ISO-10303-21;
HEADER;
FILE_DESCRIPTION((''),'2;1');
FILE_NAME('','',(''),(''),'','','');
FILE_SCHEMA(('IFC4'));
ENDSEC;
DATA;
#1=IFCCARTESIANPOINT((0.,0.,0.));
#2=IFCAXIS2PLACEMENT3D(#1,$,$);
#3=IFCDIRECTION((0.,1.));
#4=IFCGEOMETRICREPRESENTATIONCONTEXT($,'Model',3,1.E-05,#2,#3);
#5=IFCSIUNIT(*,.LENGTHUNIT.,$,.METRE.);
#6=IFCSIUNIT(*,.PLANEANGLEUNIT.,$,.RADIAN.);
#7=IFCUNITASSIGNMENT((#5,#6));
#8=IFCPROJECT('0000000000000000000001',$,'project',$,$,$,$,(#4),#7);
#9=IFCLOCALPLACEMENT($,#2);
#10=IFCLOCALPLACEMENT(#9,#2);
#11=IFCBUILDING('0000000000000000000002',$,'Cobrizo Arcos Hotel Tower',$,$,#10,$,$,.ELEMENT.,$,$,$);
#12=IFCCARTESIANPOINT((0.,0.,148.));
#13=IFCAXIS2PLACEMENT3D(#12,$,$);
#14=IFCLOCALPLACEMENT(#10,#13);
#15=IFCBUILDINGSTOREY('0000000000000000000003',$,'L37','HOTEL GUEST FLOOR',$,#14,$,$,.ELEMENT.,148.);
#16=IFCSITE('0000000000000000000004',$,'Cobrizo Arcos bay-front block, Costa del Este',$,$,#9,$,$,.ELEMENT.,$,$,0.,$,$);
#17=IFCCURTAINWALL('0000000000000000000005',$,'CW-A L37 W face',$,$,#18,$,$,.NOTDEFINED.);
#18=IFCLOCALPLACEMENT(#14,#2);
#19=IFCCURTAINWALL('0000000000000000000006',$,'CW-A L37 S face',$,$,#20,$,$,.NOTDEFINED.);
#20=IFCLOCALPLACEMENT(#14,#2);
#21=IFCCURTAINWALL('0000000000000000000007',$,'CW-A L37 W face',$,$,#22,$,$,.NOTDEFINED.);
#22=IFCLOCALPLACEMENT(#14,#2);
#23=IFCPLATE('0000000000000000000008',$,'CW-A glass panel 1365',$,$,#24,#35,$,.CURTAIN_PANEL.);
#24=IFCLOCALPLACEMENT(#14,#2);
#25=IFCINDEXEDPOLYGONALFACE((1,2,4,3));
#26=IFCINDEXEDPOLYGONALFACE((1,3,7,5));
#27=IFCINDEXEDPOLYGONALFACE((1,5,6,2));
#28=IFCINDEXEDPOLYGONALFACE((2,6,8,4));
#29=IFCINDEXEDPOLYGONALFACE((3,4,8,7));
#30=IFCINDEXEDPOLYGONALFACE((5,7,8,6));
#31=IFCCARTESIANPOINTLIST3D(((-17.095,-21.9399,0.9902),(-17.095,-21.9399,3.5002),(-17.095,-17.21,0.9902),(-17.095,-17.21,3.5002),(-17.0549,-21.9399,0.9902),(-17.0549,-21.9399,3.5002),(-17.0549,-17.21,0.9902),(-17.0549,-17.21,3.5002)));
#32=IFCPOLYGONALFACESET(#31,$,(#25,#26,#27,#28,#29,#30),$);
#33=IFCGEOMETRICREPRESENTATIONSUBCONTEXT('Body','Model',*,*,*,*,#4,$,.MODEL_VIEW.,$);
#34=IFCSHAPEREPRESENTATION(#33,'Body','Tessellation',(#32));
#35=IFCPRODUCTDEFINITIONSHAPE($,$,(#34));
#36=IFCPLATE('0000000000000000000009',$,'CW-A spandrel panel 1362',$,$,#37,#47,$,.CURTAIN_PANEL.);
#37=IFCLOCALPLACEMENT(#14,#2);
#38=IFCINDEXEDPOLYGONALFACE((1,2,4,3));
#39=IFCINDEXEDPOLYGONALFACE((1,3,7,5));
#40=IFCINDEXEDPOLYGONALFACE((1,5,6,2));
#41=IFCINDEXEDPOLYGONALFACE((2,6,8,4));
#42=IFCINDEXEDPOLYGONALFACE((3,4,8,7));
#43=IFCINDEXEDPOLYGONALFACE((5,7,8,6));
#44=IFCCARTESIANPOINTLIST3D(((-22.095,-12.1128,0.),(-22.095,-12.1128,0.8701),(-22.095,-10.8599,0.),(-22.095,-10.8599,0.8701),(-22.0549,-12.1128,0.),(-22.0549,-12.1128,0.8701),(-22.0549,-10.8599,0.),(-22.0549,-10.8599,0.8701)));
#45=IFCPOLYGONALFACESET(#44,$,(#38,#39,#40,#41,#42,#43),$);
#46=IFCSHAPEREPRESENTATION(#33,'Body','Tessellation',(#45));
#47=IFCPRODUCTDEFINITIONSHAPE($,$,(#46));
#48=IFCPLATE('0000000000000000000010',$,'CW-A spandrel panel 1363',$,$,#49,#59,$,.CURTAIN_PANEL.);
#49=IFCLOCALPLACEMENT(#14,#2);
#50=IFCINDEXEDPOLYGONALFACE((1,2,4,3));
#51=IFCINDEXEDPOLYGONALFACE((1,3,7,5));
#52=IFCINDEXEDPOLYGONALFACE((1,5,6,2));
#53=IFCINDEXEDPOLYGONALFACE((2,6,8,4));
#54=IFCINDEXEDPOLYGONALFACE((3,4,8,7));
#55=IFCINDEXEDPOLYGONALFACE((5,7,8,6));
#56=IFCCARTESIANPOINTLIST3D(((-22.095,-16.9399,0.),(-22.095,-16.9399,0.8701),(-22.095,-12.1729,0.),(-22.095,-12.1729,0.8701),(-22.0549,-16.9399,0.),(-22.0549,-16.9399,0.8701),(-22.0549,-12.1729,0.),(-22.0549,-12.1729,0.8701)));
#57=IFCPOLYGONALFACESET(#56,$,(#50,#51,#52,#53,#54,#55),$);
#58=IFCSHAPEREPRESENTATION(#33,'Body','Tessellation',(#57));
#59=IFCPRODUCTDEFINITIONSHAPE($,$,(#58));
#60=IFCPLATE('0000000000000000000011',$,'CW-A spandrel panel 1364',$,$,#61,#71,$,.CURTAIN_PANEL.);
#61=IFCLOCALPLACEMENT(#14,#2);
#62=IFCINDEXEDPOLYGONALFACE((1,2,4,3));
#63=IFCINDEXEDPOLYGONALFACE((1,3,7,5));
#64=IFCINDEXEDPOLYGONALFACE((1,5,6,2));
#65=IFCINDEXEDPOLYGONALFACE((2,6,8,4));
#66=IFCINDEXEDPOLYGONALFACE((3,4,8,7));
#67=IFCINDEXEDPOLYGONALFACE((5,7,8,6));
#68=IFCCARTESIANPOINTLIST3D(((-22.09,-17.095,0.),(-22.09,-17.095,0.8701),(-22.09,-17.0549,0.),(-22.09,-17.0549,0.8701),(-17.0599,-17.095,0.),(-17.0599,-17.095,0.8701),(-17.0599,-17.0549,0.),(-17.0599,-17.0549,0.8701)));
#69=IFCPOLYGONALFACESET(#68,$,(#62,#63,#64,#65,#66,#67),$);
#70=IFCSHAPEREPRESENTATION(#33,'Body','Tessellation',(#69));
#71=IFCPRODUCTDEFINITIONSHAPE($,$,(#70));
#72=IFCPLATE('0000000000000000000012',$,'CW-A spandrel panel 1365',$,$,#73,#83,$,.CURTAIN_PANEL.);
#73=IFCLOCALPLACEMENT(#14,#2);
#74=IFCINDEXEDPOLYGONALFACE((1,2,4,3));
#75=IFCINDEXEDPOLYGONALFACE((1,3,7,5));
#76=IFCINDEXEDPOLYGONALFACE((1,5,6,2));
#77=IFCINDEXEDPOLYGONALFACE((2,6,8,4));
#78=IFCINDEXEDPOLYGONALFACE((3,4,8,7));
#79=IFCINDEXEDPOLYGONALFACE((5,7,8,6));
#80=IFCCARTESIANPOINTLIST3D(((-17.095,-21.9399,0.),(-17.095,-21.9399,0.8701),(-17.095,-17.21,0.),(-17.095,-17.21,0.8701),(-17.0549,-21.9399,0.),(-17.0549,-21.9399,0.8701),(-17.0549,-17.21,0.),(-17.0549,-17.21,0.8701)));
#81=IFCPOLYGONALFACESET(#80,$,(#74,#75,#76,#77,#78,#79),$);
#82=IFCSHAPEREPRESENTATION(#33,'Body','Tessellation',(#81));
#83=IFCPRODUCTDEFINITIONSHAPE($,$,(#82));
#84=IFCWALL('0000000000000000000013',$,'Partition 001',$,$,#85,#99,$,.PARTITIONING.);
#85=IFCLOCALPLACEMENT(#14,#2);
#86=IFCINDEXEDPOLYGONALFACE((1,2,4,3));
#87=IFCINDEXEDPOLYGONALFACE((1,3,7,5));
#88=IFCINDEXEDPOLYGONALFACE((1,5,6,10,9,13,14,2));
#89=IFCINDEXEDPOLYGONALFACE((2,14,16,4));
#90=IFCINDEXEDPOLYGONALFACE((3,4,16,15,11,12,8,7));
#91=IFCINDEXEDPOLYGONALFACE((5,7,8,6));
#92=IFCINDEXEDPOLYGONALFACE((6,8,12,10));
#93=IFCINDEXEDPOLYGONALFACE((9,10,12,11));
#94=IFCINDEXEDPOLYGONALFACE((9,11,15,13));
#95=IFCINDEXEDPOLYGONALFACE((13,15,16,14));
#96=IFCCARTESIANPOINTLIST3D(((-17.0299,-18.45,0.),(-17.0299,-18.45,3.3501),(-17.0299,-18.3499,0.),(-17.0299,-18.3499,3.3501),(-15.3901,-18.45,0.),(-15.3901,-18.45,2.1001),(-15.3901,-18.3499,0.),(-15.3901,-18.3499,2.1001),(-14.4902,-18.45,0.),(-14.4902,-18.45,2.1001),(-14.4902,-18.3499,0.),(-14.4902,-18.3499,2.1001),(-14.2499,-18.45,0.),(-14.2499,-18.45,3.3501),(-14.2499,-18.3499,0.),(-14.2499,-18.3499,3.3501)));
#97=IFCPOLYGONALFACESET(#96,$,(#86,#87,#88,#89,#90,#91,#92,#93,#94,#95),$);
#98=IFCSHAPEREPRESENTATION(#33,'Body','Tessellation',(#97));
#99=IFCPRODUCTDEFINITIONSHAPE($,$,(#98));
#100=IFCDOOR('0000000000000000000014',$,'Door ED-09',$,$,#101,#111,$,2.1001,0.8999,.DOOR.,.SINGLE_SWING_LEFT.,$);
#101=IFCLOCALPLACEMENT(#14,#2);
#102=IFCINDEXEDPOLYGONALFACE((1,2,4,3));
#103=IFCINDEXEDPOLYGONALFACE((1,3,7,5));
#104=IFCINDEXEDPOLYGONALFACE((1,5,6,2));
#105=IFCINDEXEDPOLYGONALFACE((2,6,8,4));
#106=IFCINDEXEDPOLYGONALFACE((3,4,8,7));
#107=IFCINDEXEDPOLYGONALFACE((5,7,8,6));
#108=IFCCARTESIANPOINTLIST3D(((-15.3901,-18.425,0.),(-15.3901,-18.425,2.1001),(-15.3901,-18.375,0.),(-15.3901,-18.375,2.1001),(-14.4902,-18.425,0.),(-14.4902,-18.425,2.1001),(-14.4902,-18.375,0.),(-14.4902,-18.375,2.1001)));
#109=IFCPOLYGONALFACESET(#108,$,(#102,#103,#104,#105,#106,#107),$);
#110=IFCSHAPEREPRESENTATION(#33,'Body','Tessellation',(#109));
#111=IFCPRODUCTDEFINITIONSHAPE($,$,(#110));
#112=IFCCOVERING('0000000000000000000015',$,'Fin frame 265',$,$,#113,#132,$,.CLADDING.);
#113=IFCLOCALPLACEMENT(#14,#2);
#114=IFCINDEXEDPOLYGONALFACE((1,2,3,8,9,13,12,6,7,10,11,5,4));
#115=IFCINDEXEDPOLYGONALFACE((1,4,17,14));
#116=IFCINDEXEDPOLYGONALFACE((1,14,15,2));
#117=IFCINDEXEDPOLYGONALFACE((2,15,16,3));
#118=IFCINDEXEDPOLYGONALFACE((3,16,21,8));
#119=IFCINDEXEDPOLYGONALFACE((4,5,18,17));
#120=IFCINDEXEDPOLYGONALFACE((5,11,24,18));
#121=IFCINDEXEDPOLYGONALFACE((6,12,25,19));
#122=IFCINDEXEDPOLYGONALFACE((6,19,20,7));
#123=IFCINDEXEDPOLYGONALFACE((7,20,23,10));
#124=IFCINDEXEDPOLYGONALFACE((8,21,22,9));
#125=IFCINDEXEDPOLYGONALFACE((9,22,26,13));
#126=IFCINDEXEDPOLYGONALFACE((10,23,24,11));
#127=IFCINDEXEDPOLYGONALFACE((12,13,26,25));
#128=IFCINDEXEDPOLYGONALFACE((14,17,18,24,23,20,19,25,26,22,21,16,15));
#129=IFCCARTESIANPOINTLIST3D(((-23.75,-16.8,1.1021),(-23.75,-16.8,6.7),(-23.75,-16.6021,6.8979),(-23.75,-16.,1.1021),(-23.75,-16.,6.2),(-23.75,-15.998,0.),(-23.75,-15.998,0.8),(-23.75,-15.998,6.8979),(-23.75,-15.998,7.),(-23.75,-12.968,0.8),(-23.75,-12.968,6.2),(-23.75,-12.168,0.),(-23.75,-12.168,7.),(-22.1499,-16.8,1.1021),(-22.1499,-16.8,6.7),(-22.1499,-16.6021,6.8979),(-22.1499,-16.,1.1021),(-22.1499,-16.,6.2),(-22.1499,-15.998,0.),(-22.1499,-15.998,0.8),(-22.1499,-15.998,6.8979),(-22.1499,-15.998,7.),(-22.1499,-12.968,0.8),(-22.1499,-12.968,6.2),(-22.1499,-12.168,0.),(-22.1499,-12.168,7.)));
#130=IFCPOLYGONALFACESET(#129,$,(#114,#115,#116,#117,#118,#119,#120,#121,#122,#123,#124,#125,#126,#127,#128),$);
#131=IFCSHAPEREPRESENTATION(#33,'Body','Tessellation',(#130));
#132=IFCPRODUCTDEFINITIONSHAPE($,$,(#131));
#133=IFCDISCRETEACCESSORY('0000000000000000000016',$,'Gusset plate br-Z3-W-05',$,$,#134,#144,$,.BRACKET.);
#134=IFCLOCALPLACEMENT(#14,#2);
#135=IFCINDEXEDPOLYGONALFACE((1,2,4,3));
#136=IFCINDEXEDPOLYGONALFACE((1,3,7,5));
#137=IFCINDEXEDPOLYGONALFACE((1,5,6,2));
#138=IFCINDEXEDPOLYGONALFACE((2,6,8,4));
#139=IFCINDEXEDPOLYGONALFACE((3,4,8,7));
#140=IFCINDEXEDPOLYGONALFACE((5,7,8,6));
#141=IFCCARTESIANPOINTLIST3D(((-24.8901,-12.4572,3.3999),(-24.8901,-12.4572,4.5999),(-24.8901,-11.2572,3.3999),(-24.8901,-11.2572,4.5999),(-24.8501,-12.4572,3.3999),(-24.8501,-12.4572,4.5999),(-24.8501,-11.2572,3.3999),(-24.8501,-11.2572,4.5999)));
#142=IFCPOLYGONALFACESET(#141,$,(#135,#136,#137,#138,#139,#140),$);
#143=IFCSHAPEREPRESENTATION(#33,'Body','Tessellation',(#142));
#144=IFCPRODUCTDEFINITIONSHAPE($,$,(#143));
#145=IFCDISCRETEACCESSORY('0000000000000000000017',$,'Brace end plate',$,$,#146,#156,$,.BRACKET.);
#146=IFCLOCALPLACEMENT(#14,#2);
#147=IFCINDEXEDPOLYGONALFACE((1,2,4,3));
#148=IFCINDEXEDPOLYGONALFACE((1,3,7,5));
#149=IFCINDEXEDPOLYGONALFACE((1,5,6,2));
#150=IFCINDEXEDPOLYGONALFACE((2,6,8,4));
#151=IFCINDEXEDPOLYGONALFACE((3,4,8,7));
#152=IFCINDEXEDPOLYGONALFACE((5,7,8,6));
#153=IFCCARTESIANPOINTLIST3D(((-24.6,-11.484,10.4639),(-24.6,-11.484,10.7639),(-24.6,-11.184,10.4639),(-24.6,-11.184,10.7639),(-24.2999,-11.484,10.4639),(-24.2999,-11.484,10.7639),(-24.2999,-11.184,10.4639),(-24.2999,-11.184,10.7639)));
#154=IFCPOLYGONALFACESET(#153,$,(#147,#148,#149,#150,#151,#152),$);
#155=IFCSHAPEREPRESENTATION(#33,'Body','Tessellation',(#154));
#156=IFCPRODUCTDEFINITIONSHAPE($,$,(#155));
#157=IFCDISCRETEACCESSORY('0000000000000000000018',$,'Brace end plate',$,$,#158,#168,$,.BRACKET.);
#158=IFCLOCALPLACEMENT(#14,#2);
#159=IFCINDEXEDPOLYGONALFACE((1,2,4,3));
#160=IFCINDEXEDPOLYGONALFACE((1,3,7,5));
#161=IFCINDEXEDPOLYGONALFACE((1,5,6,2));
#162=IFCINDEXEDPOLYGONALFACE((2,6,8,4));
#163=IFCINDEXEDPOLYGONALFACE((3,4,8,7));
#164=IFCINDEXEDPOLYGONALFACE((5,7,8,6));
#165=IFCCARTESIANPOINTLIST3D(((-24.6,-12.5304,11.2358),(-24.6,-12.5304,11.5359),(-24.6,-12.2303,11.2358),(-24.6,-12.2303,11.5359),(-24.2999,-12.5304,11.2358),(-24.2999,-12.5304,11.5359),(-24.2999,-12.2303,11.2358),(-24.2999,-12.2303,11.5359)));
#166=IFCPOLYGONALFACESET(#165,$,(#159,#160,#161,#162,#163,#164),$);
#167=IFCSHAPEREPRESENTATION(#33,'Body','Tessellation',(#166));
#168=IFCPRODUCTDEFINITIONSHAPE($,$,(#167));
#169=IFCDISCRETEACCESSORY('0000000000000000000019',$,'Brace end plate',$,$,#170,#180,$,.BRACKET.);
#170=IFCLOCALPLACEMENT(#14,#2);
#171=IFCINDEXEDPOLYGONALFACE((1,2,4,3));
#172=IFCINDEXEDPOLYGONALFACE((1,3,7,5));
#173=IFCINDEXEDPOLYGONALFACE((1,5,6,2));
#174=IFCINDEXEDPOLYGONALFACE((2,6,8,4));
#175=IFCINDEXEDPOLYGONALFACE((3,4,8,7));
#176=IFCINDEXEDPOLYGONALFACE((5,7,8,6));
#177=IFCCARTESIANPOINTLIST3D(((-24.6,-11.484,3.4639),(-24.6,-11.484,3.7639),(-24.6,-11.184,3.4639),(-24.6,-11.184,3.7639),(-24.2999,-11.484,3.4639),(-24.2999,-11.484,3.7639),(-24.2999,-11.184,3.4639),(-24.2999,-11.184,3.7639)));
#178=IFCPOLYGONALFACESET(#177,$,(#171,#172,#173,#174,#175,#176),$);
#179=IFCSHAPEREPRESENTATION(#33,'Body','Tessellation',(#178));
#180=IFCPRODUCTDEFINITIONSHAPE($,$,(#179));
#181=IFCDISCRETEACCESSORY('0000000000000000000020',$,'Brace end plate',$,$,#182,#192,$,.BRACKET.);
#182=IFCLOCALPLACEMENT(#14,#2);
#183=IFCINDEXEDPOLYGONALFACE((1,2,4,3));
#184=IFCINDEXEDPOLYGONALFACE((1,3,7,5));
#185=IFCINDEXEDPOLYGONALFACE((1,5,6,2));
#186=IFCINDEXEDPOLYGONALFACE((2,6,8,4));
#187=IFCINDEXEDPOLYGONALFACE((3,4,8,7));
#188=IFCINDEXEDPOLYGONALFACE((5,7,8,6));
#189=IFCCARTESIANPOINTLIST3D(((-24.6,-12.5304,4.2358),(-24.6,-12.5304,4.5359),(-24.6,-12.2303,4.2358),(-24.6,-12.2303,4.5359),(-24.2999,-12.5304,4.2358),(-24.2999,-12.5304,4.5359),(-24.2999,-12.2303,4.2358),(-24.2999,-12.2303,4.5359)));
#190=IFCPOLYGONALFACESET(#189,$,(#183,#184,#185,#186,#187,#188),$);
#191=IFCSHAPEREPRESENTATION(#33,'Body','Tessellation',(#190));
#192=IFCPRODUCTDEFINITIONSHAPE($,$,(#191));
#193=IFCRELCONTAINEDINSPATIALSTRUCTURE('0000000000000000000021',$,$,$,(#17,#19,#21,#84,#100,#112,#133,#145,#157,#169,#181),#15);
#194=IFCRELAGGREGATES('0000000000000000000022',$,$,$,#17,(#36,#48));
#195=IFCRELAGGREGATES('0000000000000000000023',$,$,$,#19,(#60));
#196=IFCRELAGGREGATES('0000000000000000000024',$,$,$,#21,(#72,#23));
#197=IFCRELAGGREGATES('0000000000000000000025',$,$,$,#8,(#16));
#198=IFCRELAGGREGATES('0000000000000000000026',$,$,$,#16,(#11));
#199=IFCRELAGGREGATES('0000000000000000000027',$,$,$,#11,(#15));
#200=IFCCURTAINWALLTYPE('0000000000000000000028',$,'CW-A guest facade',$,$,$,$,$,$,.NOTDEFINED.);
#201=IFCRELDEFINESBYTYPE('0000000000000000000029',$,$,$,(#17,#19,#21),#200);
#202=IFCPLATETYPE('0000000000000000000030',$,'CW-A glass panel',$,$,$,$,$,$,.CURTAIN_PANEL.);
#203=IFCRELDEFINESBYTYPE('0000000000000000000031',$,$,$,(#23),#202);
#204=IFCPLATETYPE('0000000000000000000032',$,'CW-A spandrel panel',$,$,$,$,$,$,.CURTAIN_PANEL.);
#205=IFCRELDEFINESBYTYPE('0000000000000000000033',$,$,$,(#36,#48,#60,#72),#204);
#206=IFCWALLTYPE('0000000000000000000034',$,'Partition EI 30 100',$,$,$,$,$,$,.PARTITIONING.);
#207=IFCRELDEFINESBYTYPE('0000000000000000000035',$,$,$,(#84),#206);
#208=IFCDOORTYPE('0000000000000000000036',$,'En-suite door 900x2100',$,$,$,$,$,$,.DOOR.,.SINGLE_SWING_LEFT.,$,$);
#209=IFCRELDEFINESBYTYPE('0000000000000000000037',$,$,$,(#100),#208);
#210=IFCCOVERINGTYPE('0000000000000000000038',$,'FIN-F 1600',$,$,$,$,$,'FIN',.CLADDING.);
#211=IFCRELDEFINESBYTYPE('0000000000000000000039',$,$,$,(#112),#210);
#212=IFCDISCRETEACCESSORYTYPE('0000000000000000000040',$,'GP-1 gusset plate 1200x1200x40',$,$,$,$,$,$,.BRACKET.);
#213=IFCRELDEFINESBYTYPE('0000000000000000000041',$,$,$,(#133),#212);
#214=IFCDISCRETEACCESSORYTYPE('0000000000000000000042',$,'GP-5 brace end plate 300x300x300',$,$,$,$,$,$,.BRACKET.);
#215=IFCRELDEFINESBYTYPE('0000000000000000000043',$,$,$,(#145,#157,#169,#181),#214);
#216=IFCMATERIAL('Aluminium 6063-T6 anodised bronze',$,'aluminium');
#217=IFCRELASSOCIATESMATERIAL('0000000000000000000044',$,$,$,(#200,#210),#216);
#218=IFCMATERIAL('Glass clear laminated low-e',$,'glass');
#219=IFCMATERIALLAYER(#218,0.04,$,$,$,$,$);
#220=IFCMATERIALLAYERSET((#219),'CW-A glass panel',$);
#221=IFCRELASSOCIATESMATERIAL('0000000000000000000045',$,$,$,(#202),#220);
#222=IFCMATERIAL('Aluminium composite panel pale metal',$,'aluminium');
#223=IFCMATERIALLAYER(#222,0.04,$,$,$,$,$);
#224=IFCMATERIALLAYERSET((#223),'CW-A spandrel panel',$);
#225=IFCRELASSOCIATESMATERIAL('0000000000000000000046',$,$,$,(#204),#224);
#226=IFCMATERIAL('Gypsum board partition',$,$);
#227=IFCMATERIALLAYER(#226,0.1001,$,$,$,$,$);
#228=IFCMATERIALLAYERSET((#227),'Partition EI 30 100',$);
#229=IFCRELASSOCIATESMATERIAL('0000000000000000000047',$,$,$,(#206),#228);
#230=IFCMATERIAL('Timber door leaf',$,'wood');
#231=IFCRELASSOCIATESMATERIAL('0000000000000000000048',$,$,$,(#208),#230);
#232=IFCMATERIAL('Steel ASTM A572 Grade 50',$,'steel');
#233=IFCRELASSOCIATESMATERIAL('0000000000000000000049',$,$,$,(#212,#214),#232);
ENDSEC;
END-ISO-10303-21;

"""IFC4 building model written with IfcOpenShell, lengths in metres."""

from ifc_helpers import new_model, si_unit, direction, frame, frame_2d, origin, origin_2d, place, context, subcontext, project, spatial, polyline, rectangle, outline, extrude, material, layer, layer_set, type_object, element, fill, aggregate, save


model = new_model("IFC4")

# Units and contexts
model_context = context("Model", 3, precision=1e-05, world=origin(), true_north=direction((0.0, 1.0)))
body_context = subcontext(model_context, "Body", "Model", "MODEL_VIEW")
ifc_project = project(units=[si_unit("LENGTHUNIT", "METRE"), si_unit("PLANEANGLEUNIT", "RADIAN")], contexts=[model_context])

# Site, building, storey
site_placement = place(None, origin())
site = spatial("IfcSite", under=ifc_project, at=site_placement, Name="Cobrizo Arcos bay-front block, Costa del Este", CompositionType="ELEMENT", RefElevation=0.0)
building_placement = place(site_placement, origin())
building = spatial("IfcBuilding", under=site, at=building_placement, Name="Cobrizo Arcos Hotel Tower", CompositionType="ELEMENT")
storey_placement = place(building_placement, frame((0.0, 0.0, 148.0)))
storey = spatial("IfcBuildingStorey", under=building, at=storey_placement, Name="L37", Description="HOTEL GUEST FLOOR", CompositionType="ELEMENT", Elevation=148.0)

# Shared definitions
ifc_material_1 = material(Name="Steel ASTM A572 Grade 50", Category="steel")

# Shared definitions
ifc_material_2 = material(Name="Aluminium 6063-T6 anodised bronze", Category="aluminium")
curtain_wall_type = type_object("IfcCurtainWallType", Name="CW-A guest facade", PredefinedType="NOTDEFINED", material=ifc_material_2)

# Curtain walls
curtain_wall_1_placement = place(storey_placement, origin())
curtain_wall_1 = element("IfcCurtainWall", 1, at=curtain_wall_1_placement, inside=storey, type_object=curtain_wall_type, Name="CW-A L37 W face", PredefinedType="NOTDEFINED")
curtain_wall_2_placement = place(storey_placement, origin())
curtain_wall_2 = element("IfcCurtainWall", 2, at=curtain_wall_2_placement, inside=storey, type_object=curtain_wall_type, Name="CW-A L37 S face", PredefinedType="NOTDEFINED")
curtain_wall_3_placement = place(storey_placement, origin())
curtain_wall_3 = element("IfcCurtainWall", 3, at=curtain_wall_3_placement, inside=storey, type_object=curtain_wall_type, Name="CW-A L37 W face", PredefinedType="NOTDEFINED")

# Plates
ifc_material_3 = material(Name="Glass clear laminated low-e", Category="glass")
ifc_layer_1 = layer(ifc_material_3, 0.04)
ifc_layer_set_1 = layer_set([ifc_layer_1], Name="CW-A glass panel")
plate_type_1 = type_object("IfcPlateType", Name="CW-A glass panel", PredefinedType="CURTAIN_PANEL", material=ifc_layer_set_1)
plate_1_placement = place(storey_placement, frame((-17.075, -19.575, 0.9902), z_axis=(0.0, 0.0, 1.0), x_axis=(0.0, -1.0, 0.0)))
plate_1 = element("IfcPlate", 4, at=plate_1_placement, type_object=plate_type_1, Name="CW-A glass panel 1365", PredefinedType="CURTAIN_PANEL", context=body_context, shape_type="SweptSolid", body=[
    extrude(rectangle(XDim=4.73, YDim=0.04, at=origin_2d()), origin(), (0.0, 0.0, 1.0), 2.51),
])
ifc_material_4 = material(Name="Aluminium composite panel pale metal", Category="aluminium")
ifc_layer_2 = layer(ifc_material_4, 0.04)
ifc_layer_set_2 = layer_set([ifc_layer_2], Name="CW-A spandrel panel")
plate_type_2 = type_object("IfcPlateType", Name="CW-A spandrel panel", PredefinedType="CURTAIN_PANEL", material=ifc_layer_set_2)
plate_2_placement = place(storey_placement, frame((-22.075, -11.4863, 0.0), z_axis=(0.0, 0.0, 1.0), x_axis=(0.0, -1.0, 0.0)))
plate_2 = element("IfcPlate", 5, at=plate_2_placement, type_object=plate_type_2, Name="CW-A spandrel panel 1362", PredefinedType="CURTAIN_PANEL", context=body_context, shape_type="SweptSolid", body=[
    extrude(rectangle(XDim=1.2529, YDim=0.04, at=origin_2d()), origin(), (0.0, 0.0, 1.0), 0.8701),
])
plate_3_placement = place(storey_placement, frame((-22.075, -14.5564, 0.0), z_axis=(0.0, 0.0, 1.0), x_axis=(0.0, -1.0, 0.0)))
plate_3 = element("IfcPlate", 6, at=plate_3_placement, type_object=plate_type_2, Name="CW-A spandrel panel 1363", PredefinedType="CURTAIN_PANEL", context=body_context, shape_type="SweptSolid", body=[
    extrude(rectangle(XDim=4.7671, YDim=0.04, at=origin_2d()), origin(), (0.0, 0.0, 1.0), 0.8701),
])
aggregate(curtain_wall_1, [plate_2, plate_3])
plate_4_placement = place(storey_placement, frame((-19.575, -17.075, 0.0), z_axis=(0.0, 0.0, 1.0), x_axis=(1.0, 0.0, 0.0)))
plate_4 = element("IfcPlate", 7, at=plate_4_placement, type_object=plate_type_2, Name="CW-A spandrel panel 1364", PredefinedType="CURTAIN_PANEL", context=body_context, shape_type="SweptSolid", body=[
    extrude(rectangle(XDim=5.03, YDim=0.04, at=origin_2d()), origin(), (0.0, 0.0, 1.0), 0.8701),
])
aggregate(curtain_wall_2, [plate_4])
plate_5_placement = place(storey_placement, frame((-17.075, -19.575, 0.0), z_axis=(0.0, 0.0, 1.0), x_axis=(0.0, -1.0, 0.0)))
plate_5 = element("IfcPlate", 8, at=plate_5_placement, type_object=plate_type_2, Name="CW-A spandrel panel 1365", PredefinedType="CURTAIN_PANEL", context=body_context, shape_type="SweptSolid", body=[
    extrude(rectangle(XDim=4.73, YDim=0.04, at=origin_2d()), origin(), (0.0, 0.0, 1.0), 0.8701),
])
aggregate(curtain_wall_3, [plate_5, plate_1])

# Wall, opening, door
ifc_material_5 = material(Name="Gypsum board partition")
ifc_layer_3 = layer(ifc_material_5, 0.1001)
ifc_layer_set_3 = layer_set([ifc_layer_3], Name="Partition EI 30 100")
wall_type = type_object("IfcWallType", Name="Partition EI 30 100", PredefinedType="PARTITIONING", material=ifc_layer_set_3)
wall_placement = place(storey_placement, frame((-17.03, -18.3999, 0.0), z_axis=(0.0, 0.0, 1.0), x_axis=(1.0, 0.0, 0.0)))
wall = element("IfcWall", 9, at=wall_placement, inside=storey, type_object=wall_type, Name="Partition 001", PredefinedType="PARTITIONING", context=body_context, shape_type="SweptSolid", body=[
    extrude(rectangle(XDim=2.78, YDim=0.1001, at=frame_2d((1.3901, 0.0))), origin(), (0.0, 0.0, 1.0), 3.3501),
])
opening_placement = place(wall_placement, frame((1.6399, 0.0, 0.0)))
opening = element("IfcOpeningElement", 10, at=opening_placement, cuts=wall, PredefinedType="OPENING", context=body_context, shape_type="SweptSolid", body=[
    extrude(rectangle(XDim=0.8999, YDim=2.1001, at=frame_2d((0.45, 1.05))), frame((0.0, 0.062, 0.0), z_axis=(0.0, -1.0, 0.0), x_axis=(1.0, 0.0, 0.0)), (0.0, 0.0, 1.0), 0.124),
])
ifc_material_6 = material(Name="Timber door leaf", Category="wood")
door_type = type_object("IfcDoorType", Name="En-suite door 900x2100", OperationType="SINGLE_SWING_LEFT", PredefinedType="DOOR", material=ifc_material_6)
door_placement = place(opening_placement, origin())
door = element("IfcDoor", 11, at=door_placement, inside=storey, type_object=door_type, Name="Door ED-09", OperationType="SINGLE_SWING_LEFT", OverallHeight=2.1001, OverallWidth=0.8999, PredefinedType="DOOR", context=body_context, shape_type="SweptSolid", body=[
    extrude(rectangle(XDim=0.8999, YDim=2.1001, at=frame_2d((0.45, 1.05))), frame((0.0, 0.0249, 0.0), z_axis=(0.0, -1.0, 0.0), x_axis=(1.0, 0.0, 0.0)), (0.0, 0.0, 1.0), 0.05),
])
fill(opening, door)

# Covering
covering_type = type_object("IfcCoveringType", Name="FIN-F 1600", ElementType="FIN", PredefinedType="CLADDING", material=ifc_material_2)
covering_placement = place(storey_placement, frame((-22.1499, -12.168, 0.0), z_axis=(-1.0, 0.0, 0.0), x_axis=(0.0, -1.0, 0.0)))
element("IfcCovering", 12, at=covering_placement, inside=storey, type_object=covering_type, Name="Fin frame 265", PredefinedType="CLADDING", context=body_context, shape_type="SweptSolid", body=[
    extrude(outline(polyline([(0.0, 0.0), (3.8301, 0.0), (3.8301, 0.8), (0.8, 0.8), (0.8, 6.2), (3.832, 6.2), (3.832, 1.1021), (4.6321, 1.1021), (4.6321, 6.7), (4.4341, 6.8979), (3.8301, 6.8979), (3.8301, 7.0), (0.0, 7.0), (0.0, 0.0)])), origin(), (0.0, 0.0, 1.0), 1.6001),
])

# Discrete accessories
discrete_accessory_type_1 = type_object("IfcDiscreteAccessoryType", Name="GP-1 gusset plate 1200x1200x40", PredefinedType="BRACKET", material=ifc_material_1)
discrete_accessory_placement = place(storey_placement, frame((-24.8701, -11.8572, 3.3999), z_axis=(0.0, 0.0, 1.0), x_axis=(1.0, 0.0, 0.0)))
element("IfcDiscreteAccessory", 13, at=discrete_accessory_placement, inside=storey, type_object=discrete_accessory_type_1, Name="Gusset plate br-Z3-W-05", PredefinedType="BRACKET", context=body_context, shape_type="SweptSolid", body=[
    extrude(rectangle(XDim=0.04, YDim=1.2, at=origin_2d()), origin(), (0.0, 0.0, 1.0), 1.2),
])
discrete_accessory_type_2 = type_object("IfcDiscreteAccessoryType", Name="GP-5 brace end plate 300x300x300", PredefinedType="BRACKET", material=ifc_material_1)
for number, where, z_axis, x_axis, name in (
    (14, (-24.45, -11.334, 10.4639), (0.0, 0.0, 1.0), (1.0, 0.0, 0.0), "Brace end plate"),
    (15, (-24.45, -12.3804, 11.2358), (0.0, 0.0, 1.0), (1.0, 0.0, 0.0), "Brace end plate"),
    (16, (-24.45, -11.334, 3.4639), (0.0, 0.0, 1.0), (1.0, 0.0, 0.0), "Brace end plate"),
    (17, (-24.45, -12.3804, 4.2358), (0.0, 0.0, 1.0), (1.0, 0.0, 0.0), "Brace end plate"),
):
    element("IfcDiscreteAccessory", number, at=place(storey_placement, frame(where, z_axis=z_axis, x_axis=x_axis)), inside=storey, type_object=discrete_accessory_type_2, Name=name, PredefinedType="BRACKET", context=body_context, shape_type="SweptSolid", body=[
        extrude(rectangle(XDim=0.3, YDim=0.3, at=origin_2d()), origin(), (0.0, 0.0, 1.0), 0.3),
    ])

save(model, "model.ifc")
